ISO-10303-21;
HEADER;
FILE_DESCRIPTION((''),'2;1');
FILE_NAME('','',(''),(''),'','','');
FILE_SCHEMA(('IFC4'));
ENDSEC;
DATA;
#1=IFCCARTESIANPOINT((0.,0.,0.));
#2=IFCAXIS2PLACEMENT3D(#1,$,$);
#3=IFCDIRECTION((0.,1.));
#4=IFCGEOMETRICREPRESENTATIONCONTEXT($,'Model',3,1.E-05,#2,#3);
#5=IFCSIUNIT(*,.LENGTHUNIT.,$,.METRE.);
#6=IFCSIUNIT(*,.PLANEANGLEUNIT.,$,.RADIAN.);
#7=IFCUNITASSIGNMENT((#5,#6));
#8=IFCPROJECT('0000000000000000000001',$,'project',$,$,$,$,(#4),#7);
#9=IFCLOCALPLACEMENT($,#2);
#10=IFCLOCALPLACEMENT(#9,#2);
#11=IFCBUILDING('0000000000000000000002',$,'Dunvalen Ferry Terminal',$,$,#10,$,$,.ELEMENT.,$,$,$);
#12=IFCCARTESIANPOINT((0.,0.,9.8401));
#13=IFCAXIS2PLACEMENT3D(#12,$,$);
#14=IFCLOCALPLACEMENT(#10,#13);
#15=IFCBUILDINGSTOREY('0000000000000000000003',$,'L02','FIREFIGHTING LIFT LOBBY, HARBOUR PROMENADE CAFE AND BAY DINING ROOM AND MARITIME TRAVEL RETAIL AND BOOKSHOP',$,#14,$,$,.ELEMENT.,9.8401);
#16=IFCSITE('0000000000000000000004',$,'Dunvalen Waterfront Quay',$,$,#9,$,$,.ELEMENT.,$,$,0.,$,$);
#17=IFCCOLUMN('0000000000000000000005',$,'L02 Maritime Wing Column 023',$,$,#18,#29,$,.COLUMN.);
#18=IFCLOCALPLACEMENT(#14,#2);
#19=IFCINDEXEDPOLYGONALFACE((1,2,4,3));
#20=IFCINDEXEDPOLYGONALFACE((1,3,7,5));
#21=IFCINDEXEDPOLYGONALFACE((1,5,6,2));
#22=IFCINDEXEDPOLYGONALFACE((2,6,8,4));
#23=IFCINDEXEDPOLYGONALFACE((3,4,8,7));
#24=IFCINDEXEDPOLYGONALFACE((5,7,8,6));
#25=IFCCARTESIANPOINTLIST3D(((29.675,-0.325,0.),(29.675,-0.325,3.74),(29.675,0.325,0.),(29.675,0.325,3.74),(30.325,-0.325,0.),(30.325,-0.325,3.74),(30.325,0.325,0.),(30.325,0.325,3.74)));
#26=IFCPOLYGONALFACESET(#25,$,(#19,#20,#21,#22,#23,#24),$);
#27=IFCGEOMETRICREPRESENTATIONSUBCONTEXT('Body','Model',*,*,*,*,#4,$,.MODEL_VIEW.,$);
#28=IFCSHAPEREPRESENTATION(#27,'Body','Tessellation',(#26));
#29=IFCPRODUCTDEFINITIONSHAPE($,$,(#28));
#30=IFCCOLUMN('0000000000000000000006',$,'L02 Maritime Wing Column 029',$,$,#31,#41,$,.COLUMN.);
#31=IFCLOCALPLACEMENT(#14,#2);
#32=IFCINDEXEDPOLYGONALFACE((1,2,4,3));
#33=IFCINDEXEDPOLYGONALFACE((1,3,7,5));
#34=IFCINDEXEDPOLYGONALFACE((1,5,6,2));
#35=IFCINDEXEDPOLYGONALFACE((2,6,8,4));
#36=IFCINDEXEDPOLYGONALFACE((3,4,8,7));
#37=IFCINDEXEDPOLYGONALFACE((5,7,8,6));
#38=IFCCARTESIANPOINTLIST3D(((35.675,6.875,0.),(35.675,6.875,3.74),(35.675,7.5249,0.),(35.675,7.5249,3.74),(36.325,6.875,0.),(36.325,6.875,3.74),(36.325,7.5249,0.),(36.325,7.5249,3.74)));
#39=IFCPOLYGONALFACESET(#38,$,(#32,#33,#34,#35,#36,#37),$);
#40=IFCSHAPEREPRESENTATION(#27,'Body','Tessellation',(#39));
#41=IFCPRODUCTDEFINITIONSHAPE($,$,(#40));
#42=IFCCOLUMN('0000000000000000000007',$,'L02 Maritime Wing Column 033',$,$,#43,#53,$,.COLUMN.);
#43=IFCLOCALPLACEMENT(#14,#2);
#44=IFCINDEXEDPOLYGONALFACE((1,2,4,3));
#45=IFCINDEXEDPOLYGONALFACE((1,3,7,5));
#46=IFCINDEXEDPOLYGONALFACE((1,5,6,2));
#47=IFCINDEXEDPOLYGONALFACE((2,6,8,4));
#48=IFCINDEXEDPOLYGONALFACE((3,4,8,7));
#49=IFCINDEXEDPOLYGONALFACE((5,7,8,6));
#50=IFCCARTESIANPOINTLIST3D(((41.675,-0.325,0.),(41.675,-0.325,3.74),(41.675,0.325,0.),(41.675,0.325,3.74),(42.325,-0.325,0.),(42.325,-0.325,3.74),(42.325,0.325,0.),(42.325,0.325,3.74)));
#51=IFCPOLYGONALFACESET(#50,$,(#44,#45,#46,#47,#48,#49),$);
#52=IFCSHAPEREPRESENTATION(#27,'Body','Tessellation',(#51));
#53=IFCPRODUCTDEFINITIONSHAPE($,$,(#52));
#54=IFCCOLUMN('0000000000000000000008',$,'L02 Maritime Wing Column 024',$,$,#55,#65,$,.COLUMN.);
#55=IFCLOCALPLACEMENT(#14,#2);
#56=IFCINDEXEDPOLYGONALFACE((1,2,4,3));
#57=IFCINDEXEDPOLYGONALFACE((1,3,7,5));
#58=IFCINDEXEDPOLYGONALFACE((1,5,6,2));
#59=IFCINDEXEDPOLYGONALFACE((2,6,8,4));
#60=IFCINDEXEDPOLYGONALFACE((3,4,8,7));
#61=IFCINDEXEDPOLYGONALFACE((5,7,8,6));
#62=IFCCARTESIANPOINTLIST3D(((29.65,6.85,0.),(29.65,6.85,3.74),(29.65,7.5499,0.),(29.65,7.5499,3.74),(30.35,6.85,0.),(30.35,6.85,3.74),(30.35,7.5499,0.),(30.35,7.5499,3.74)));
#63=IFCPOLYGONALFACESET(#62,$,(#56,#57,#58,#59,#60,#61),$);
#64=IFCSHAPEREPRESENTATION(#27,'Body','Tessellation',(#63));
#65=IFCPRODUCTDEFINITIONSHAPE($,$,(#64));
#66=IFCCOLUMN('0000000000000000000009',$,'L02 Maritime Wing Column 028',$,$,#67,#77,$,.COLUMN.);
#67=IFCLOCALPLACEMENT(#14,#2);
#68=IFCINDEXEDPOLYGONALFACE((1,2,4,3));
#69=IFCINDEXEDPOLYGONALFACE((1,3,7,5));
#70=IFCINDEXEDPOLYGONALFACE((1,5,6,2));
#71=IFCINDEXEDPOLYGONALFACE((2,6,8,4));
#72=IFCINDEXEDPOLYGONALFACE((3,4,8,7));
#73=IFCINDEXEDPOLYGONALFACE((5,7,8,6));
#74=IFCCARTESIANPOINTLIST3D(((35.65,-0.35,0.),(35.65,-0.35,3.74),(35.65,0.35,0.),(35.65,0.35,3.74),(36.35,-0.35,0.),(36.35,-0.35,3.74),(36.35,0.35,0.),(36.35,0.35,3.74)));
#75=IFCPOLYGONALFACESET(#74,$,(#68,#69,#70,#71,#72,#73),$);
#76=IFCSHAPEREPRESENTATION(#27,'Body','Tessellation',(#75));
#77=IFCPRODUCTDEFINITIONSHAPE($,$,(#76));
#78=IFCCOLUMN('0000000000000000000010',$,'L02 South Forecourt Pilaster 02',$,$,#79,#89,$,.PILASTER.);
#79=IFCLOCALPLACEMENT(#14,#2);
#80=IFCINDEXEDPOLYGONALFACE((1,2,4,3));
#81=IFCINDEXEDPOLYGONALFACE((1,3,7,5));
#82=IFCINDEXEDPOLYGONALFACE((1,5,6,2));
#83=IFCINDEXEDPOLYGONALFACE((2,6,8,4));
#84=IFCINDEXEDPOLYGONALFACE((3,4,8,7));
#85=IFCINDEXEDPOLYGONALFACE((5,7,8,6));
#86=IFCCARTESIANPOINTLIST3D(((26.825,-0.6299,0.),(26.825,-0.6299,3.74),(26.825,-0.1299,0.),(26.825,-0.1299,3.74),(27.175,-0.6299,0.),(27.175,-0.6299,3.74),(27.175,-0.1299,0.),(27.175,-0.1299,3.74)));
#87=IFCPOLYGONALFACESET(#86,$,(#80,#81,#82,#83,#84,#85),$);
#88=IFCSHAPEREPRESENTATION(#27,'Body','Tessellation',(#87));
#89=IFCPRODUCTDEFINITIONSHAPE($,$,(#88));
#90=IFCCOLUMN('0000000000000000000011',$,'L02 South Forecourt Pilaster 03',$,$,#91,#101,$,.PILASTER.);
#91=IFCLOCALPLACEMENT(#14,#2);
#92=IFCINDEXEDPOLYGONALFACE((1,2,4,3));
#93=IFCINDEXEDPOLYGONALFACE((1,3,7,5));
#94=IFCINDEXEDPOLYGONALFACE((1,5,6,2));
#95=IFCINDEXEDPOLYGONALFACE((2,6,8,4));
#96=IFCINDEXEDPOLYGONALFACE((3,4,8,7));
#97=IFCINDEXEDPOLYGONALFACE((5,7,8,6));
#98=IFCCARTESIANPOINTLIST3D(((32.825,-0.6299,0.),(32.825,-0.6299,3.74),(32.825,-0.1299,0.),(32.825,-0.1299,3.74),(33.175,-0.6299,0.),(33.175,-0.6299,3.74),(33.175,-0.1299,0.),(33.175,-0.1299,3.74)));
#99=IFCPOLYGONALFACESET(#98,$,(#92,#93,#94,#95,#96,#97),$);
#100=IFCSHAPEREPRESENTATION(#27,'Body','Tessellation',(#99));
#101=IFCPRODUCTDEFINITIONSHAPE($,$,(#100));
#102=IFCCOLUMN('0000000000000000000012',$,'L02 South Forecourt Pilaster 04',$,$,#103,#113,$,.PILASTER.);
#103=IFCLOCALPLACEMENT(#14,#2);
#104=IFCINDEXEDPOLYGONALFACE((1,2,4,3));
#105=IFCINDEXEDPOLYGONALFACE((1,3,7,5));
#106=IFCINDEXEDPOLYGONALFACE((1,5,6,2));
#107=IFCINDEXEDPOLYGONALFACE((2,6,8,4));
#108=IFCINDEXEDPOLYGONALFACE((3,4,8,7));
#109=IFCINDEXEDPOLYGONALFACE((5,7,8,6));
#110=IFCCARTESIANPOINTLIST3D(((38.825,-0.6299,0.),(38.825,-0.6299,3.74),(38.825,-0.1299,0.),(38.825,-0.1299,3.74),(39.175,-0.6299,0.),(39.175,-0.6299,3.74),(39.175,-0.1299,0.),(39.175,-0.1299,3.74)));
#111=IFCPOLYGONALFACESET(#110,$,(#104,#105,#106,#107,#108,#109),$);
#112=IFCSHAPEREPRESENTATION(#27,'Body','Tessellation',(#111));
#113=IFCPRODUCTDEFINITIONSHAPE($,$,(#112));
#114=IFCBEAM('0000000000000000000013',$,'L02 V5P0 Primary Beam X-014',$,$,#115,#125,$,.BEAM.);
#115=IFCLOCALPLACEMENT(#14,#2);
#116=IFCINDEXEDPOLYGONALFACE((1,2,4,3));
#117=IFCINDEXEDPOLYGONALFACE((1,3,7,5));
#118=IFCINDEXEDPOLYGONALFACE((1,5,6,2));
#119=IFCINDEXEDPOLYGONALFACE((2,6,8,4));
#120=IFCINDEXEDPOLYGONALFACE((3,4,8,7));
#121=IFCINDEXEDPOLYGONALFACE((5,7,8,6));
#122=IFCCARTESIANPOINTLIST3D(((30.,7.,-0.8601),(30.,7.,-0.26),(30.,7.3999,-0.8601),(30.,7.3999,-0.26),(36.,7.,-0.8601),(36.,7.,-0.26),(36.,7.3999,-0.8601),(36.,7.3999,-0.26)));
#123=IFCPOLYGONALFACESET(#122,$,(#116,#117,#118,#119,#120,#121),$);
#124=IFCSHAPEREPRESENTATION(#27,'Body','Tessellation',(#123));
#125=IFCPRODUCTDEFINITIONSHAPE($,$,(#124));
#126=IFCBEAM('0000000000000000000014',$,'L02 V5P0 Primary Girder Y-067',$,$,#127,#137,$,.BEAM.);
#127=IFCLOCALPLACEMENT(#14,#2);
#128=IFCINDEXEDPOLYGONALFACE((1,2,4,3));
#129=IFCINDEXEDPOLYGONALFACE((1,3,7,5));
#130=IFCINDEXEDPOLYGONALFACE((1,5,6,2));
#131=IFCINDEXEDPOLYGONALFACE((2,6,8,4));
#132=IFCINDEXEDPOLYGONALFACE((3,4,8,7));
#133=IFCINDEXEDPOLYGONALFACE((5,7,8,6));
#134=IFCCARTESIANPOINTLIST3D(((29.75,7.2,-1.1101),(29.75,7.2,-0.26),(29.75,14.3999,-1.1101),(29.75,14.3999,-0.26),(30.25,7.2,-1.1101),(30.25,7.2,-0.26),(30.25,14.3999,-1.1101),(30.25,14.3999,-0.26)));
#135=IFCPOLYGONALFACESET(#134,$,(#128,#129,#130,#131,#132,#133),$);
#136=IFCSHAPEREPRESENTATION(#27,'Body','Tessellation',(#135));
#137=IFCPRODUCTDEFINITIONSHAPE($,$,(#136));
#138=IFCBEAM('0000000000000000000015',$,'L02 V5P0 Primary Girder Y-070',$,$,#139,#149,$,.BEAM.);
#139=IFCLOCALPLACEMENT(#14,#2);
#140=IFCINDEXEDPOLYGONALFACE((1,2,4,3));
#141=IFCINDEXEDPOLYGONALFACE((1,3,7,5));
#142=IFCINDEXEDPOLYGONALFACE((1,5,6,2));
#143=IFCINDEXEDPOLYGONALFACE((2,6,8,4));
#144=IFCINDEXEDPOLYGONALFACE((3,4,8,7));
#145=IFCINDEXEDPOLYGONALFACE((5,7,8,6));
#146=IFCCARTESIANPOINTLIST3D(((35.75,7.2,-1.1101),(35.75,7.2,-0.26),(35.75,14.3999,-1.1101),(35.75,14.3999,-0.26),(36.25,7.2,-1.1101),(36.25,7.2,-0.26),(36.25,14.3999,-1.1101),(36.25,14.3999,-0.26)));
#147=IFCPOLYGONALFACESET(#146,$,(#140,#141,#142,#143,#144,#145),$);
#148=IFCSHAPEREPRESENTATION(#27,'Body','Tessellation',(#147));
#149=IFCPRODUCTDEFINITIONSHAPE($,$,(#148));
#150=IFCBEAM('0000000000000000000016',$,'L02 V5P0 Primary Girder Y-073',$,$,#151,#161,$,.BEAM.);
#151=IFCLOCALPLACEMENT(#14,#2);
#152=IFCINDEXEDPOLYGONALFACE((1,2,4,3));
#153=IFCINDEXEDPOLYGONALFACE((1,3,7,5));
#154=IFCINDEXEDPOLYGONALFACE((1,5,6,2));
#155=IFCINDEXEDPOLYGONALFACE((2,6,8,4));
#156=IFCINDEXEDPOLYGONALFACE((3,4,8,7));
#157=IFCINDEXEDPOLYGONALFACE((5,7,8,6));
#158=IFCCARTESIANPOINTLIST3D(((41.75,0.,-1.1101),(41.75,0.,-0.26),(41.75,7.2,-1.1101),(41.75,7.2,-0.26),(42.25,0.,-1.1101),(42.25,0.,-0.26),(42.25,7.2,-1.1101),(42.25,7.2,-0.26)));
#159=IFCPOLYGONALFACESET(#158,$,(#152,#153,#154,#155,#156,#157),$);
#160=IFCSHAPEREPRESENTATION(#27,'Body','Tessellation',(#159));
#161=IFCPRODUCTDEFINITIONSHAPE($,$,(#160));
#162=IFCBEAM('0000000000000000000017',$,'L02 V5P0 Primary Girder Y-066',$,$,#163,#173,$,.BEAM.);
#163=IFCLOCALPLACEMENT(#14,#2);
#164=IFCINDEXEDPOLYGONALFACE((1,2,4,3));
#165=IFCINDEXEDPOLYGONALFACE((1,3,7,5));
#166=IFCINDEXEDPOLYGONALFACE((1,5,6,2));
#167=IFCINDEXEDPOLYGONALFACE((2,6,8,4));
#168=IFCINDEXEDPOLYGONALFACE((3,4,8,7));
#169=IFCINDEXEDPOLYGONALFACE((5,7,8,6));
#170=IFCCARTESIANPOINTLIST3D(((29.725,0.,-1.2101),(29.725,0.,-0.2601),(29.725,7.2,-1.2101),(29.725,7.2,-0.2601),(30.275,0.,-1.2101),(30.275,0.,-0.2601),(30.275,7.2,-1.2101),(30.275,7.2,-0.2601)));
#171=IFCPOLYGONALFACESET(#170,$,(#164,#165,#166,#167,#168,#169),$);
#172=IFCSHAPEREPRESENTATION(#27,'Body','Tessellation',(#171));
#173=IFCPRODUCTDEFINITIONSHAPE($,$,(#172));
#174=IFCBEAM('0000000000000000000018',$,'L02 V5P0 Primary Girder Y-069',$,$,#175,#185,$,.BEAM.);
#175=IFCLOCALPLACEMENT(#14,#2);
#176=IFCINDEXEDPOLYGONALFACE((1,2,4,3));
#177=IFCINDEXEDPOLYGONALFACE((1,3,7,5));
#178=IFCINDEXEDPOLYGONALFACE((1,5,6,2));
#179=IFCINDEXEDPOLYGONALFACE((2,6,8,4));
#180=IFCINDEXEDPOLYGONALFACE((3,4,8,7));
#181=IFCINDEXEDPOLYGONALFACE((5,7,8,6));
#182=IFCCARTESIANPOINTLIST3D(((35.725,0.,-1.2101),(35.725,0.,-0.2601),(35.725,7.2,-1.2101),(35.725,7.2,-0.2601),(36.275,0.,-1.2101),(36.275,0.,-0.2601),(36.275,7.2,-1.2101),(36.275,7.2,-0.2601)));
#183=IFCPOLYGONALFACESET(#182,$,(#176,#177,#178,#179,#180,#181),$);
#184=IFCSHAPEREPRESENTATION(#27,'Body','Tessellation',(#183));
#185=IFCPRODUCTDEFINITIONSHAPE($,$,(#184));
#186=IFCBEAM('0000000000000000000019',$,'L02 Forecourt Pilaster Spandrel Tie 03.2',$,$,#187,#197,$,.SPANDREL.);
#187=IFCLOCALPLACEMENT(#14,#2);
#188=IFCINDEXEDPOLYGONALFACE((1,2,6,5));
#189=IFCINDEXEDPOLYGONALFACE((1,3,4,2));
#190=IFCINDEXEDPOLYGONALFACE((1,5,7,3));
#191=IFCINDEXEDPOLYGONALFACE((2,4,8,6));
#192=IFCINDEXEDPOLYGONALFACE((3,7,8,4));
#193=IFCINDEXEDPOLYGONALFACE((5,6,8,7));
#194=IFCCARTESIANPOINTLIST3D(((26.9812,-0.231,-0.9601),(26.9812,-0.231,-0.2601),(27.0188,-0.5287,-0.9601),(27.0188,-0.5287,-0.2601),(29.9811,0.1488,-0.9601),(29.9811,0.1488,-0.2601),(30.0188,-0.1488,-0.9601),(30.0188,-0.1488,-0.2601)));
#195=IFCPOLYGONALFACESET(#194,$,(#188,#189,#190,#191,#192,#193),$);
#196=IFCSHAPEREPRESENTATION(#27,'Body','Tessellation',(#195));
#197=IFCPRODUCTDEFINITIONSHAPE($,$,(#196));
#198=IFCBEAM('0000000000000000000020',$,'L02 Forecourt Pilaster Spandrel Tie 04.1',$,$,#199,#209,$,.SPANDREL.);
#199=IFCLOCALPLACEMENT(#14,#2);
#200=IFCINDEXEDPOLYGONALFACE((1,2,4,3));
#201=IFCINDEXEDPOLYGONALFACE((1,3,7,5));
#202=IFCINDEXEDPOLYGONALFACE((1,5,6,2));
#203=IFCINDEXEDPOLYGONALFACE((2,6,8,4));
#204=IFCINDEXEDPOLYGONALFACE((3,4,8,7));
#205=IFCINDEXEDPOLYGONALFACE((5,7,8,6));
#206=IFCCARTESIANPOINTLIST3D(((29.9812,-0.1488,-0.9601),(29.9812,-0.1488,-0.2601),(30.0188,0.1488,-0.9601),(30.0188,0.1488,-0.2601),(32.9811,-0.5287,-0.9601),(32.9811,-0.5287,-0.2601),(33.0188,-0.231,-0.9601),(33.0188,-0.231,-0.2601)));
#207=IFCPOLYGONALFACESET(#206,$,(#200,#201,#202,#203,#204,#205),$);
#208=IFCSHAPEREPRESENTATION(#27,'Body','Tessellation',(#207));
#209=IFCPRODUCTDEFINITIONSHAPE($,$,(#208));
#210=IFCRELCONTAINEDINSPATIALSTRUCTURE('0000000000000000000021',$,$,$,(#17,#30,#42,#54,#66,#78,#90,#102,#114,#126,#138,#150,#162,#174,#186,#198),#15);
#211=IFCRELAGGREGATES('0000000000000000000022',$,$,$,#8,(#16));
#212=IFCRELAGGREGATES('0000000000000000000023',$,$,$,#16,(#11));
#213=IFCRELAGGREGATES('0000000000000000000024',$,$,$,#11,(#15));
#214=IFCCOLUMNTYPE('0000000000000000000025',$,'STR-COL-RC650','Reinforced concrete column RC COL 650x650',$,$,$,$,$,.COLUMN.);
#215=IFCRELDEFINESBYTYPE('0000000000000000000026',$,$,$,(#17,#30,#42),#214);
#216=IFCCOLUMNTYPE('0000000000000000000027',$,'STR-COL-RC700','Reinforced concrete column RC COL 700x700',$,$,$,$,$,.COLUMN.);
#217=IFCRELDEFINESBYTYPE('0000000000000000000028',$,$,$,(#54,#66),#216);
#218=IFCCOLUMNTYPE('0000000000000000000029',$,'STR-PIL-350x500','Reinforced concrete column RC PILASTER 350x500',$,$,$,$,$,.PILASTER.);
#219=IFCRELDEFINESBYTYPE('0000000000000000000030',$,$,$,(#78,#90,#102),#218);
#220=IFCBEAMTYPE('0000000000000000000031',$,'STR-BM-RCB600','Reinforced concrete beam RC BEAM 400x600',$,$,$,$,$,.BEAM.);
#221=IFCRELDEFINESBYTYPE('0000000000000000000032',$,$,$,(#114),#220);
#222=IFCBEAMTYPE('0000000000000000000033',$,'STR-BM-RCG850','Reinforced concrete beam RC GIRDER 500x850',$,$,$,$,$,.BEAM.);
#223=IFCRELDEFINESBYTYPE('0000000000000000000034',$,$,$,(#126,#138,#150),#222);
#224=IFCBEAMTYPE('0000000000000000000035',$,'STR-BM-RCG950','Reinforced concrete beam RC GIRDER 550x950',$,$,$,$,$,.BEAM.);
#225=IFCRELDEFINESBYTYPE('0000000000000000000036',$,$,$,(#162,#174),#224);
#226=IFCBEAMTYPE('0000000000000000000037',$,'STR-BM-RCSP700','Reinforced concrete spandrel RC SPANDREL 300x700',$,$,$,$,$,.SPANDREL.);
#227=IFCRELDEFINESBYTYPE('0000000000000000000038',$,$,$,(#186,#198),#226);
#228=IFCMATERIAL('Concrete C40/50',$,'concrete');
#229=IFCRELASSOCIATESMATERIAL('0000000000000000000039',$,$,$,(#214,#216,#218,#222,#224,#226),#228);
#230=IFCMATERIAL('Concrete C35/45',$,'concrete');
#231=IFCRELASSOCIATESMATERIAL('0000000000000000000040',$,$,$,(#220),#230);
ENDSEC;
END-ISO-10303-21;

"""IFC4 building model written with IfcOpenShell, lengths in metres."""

from ifc_helpers import new_model, si_unit, direction, frame, origin, origin_2d, place, context, subcontext, project, spatial, rectangle, extrude, material, material_profile, profile_set, type_object, element, save


model = new_model("IFC4")

# Units and contexts
model_context = context("Model", 3, precision=1e-05, world=origin(), true_north=direction((0.0, 1.0)))
body_context = subcontext(model_context, "Body", "Model", "MODEL_VIEW")
ifc_project = project(units=[si_unit("LENGTHUNIT", "METRE"), si_unit("PLANEANGLEUNIT", "RADIAN")], contexts=[model_context])

# Site, building, storey
site_placement = place(None, origin())
site = spatial("IfcSite", under=ifc_project, at=site_placement, Name="Dunvalen Waterfront Quay", CompositionType="ELEMENT", RefElevation=0.0)
building_placement = place(site_placement, origin())
building = spatial("IfcBuilding", under=site, at=building_placement, Name="Dunvalen Ferry Terminal", CompositionType="ELEMENT")
storey_placement = place(building_placement, frame((0.0, 0.0, 9.8401)))
storey = spatial("IfcBuildingStorey", under=building, at=storey_placement, Name="L02", Description="FIREFIGHTING LIFT LOBBY, HARBOUR PROMENADE CAFE AND BAY DINING ROOM AND MARITIME TRAVEL RETAIL AND BOOKSHOP", CompositionType="ELEMENT", Elevation=9.8401)

# Columns
ifc_material_1 = material(Name="Concrete C40/50", Category="concrete")
ifc_material_profile_1 = material_profile(ifc_material_1, rectangle(XDim=0.6499, YDim=0.6499, at=origin_2d()), Name="Concrete C40/50")
ifc_profile_set_1 = profile_set([ifc_material_profile_1], Name="Concrete C40/50")
column_type_1 = type_object("IfcColumnType", Name="STR-COL-RC650", Description="Reinforced concrete column RC COL 650x650", PredefinedType="COLUMN", material=ifc_profile_set_1)
for number, where, z_axis, x_axis, name in (
    (1, (30.0, 0.0, 0.0), (0.0, 0.0, 1.0), (1.0, 0.0, 0.0), "L02 Maritime Wing Column 023"),
    (2, (36.0, 7.2, 0.0), (0.0, 0.0, 1.0), (1.0, 0.0, 0.0), "L02 Maritime Wing Column 029"),
    (3, (42.0, 0.0, 0.0), (0.0, 0.0, 1.0), (1.0, 0.0, 0.0), "L02 Maritime Wing Column 033"),
):
    element("IfcColumn", number, at=place(storey_placement, frame(where, z_axis=z_axis, x_axis=x_axis)), inside=storey, type_object=column_type_1, Name=name, PredefinedType="COLUMN", context=body_context, shape_type="SweptSolid", body=[
        extrude(rectangle(XDim=0.6499, YDim=0.6499, at=origin_2d()), origin(), (0.0, 0.0, 1.0), 3.74),
    ])
ifc_material_profile_2 = material_profile(ifc_material_1, rectangle(XDim=0.7, YDim=0.7, at=origin_2d()), Name="Concrete C40/50")
ifc_profile_set_2 = profile_set([ifc_material_profile_2], Name="Concrete C40/50")
column_type_2 = type_object("IfcColumnType", Name="STR-COL-RC700", Description="Reinforced concrete column RC COL 700x700", PredefinedType="COLUMN", material=ifc_profile_set_2)
for number, where, z_axis, x_axis, name in (
    (4, (30.0, 7.2, 0.0), (0.0, 0.0, 1.0), (1.0, 0.0, 0.0), "L02 Maritime Wing Column 024"),
    (5, (36.0, 0.0, 0.0), (0.0, 0.0, 1.0), (1.0, 0.0, 0.0), "L02 Maritime Wing Column 028"),
):
    element("IfcColumn", number, at=place(storey_placement, frame(where, z_axis=z_axis, x_axis=x_axis)), inside=storey, type_object=column_type_2, Name=name, PredefinedType="COLUMN", context=body_context, shape_type="SweptSolid", body=[
        extrude(rectangle(XDim=0.7, YDim=0.7, at=origin_2d()), origin(), (0.0, 0.0, 1.0), 3.74),
    ])
ifc_material_profile_3 = material_profile(ifc_material_1, rectangle(XDim=0.3501, YDim=0.5, at=origin_2d()), Name="Concrete C40/50")
ifc_profile_set_3 = profile_set([ifc_material_profile_3], Name="Concrete C40/50")
column_type_3 = type_object("IfcColumnType", Name="STR-PIL-350x500", Description="Reinforced concrete column RC PILASTER 350x500", PredefinedType="PILASTER", material=ifc_profile_set_3)
for number, where, z_axis, x_axis, name in (
    (6, (27.0, -0.3799, 0.0), (0.0, 0.0, 1.0), (1.0, 0.0, 0.0), "L02 South Forecourt Pilaster 02"),
    (7, (33.0, -0.3799, 0.0), (0.0, 0.0, 1.0), (1.0, 0.0, 0.0), "L02 South Forecourt Pilaster 03"),
    (8, (39.0, -0.3799, 0.0), (0.0, 0.0, 1.0), (1.0, 0.0, 0.0), "L02 South Forecourt Pilaster 04"),
):
    element("IfcColumn", number, at=place(storey_placement, frame(where, z_axis=z_axis, x_axis=x_axis)), inside=storey, type_object=column_type_3, Name=name, PredefinedType="PILASTER", context=body_context, shape_type="SweptSolid", body=[
        extrude(rectangle(XDim=0.3501, YDim=0.5, at=origin_2d()), origin(), (0.0, 0.0, 1.0), 3.74),
    ])

# Beams
ifc_material_2 = material(Name="Concrete C35/45", Category="concrete")
ifc_material_profile_4 = material_profile(ifc_material_2, rectangle(XDim=0.3999, YDim=0.6001, at=origin_2d()), Name="Concrete C35/45")
ifc_profile_set_4 = profile_set([ifc_material_profile_4], Name="Concrete C35/45")
beam_type_1 = type_object("IfcBeamType", Name="STR-BM-RCB600", Description="Reinforced concrete beam RC BEAM 400x600", PredefinedType="BEAM", material=ifc_profile_set_4)
beam_1_placement = place(storey_placement, frame((30.0, 7.2, -0.5601), z_axis=(1.0, 0.0, 0.0), x_axis=(0.0, 1.0, 0.0)))
element("IfcBeam", 9, at=beam_1_placement, inside=storey, type_object=beam_type_1, Name="L02 V5P0 Primary Beam X-014", PredefinedType="BEAM", context=body_context, shape_type="SweptSolid", body=[
    extrude(rectangle(XDim=0.3999, YDim=0.6001, at=origin_2d()), origin(), (0.0, 0.0, 1.0), 6.0),
])
ifc_material_profile_5 = material_profile(ifc_material_1, rectangle(XDim=0.5, YDim=0.8501, at=origin_2d()), Name="Concrete C40/50")
ifc_profile_set_5 = profile_set([ifc_material_profile_5], Name="Concrete C40/50")
beam_type_2 = type_object("IfcBeamType", Name="STR-BM-RCG850", Description="Reinforced concrete beam RC GIRDER 500x850", PredefinedType="BEAM", material=ifc_profile_set_5)
for number, where, z_axis, x_axis, name in (
    (10, (30.0, 7.2, -0.6851), (0.0, 1.0, 0.0), (-1.0, 0.0, 0.0), "L02 V5P0 Primary Girder Y-067"),
    (11, (36.0, 7.2, -0.6851), (0.0, 1.0, 0.0), (-1.0, 0.0, 0.0), "L02 V5P0 Primary Girder Y-070"),
    (12, (42.0, 0.0, -0.6851), (0.0, 1.0, 0.0), (-1.0, 0.0, 0.0), "L02 V5P0 Primary Girder Y-073"),
):
    element("IfcBeam", number, at=place(storey_placement, frame(where, z_axis=z_axis, x_axis=x_axis)), inside=storey, type_object=beam_type_2, Name=name, PredefinedType="BEAM", context=body_context, shape_type="SweptSolid", body=[
        extrude(rectangle(XDim=0.5, YDim=0.8501, at=origin_2d()), origin(), (0.0, 0.0, 1.0), 7.2),
    ])
ifc_material_profile_6 = material_profile(ifc_material_1, rectangle(XDim=0.55, YDim=0.95, at=origin_2d()), Name="Concrete C40/50")
ifc_profile_set_6 = profile_set([ifc_material_profile_6], Name="Concrete C40/50")
beam_type_3 = type_object("IfcBeamType", Name="STR-BM-RCG950", Description="Reinforced concrete beam RC GIRDER 550x950", PredefinedType="BEAM", material=ifc_profile_set_6)
for number, where, z_axis, x_axis, name in (
    (13, (30.0, 0.0, -0.7351), (0.0, 1.0, 0.0), (-1.0, 0.0, 0.0), "L02 V5P0 Primary Girder Y-066"),
    (14, (36.0, 0.0, -0.7351), (0.0, 1.0, 0.0), (-1.0, 0.0, 0.0), "L02 V5P0 Primary Girder Y-069"),
):
    element("IfcBeam", number, at=place(storey_placement, frame(where, z_axis=z_axis, x_axis=x_axis)), inside=storey, type_object=beam_type_3, Name=name, PredefinedType="BEAM", context=body_context, shape_type="SweptSolid", body=[
        extrude(rectangle(XDim=0.55, YDim=0.95, at=origin_2d()), origin(), (0.0, 0.0, 1.0), 7.2),
    ])
ifc_material_profile_7 = material_profile(ifc_material_1, rectangle(XDim=0.3, YDim=0.7, at=origin_2d()), Name="Concrete C40/50")
ifc_profile_set_7 = profile_set([ifc_material_profile_7], Name="Concrete C40/50")
beam_type_4 = type_object("IfcBeamType", Name="STR-BM-RCSP700", Description="Reinforced concrete spandrel RC SPANDREL 300x700", PredefinedType="SPANDREL", material=ifc_profile_set_7)
for number, where, z_axis, x_axis, name in (
    (15, (27.0, -0.3799, -0.6101), (0.992078, 0.125624, 0.0), (-0.125624, 0.992078, 0.0), "L02 Forecourt Pilaster Spandrel Tie 03.2"),
    (16, (30.0, 0.0, -0.6101), (0.992078, -0.125624, 0.0), (0.125624, 0.992078, 0.0), "L02 Forecourt Pilaster Spandrel Tie 04.1"),
):
    element("IfcBeam", number, at=place(storey_placement, frame(where, z_axis=z_axis, x_axis=x_axis)), inside=storey, type_object=beam_type_4, Name=name, PredefinedType="SPANDREL", context=body_context, shape_type="SweptSolid", body=[
        extrude(rectangle(XDim=0.3, YDim=0.7, at=origin_2d()), origin(), (0.0, 0.0, 1.0), 3.0239),
    ])

save(model, "model.ifc")
